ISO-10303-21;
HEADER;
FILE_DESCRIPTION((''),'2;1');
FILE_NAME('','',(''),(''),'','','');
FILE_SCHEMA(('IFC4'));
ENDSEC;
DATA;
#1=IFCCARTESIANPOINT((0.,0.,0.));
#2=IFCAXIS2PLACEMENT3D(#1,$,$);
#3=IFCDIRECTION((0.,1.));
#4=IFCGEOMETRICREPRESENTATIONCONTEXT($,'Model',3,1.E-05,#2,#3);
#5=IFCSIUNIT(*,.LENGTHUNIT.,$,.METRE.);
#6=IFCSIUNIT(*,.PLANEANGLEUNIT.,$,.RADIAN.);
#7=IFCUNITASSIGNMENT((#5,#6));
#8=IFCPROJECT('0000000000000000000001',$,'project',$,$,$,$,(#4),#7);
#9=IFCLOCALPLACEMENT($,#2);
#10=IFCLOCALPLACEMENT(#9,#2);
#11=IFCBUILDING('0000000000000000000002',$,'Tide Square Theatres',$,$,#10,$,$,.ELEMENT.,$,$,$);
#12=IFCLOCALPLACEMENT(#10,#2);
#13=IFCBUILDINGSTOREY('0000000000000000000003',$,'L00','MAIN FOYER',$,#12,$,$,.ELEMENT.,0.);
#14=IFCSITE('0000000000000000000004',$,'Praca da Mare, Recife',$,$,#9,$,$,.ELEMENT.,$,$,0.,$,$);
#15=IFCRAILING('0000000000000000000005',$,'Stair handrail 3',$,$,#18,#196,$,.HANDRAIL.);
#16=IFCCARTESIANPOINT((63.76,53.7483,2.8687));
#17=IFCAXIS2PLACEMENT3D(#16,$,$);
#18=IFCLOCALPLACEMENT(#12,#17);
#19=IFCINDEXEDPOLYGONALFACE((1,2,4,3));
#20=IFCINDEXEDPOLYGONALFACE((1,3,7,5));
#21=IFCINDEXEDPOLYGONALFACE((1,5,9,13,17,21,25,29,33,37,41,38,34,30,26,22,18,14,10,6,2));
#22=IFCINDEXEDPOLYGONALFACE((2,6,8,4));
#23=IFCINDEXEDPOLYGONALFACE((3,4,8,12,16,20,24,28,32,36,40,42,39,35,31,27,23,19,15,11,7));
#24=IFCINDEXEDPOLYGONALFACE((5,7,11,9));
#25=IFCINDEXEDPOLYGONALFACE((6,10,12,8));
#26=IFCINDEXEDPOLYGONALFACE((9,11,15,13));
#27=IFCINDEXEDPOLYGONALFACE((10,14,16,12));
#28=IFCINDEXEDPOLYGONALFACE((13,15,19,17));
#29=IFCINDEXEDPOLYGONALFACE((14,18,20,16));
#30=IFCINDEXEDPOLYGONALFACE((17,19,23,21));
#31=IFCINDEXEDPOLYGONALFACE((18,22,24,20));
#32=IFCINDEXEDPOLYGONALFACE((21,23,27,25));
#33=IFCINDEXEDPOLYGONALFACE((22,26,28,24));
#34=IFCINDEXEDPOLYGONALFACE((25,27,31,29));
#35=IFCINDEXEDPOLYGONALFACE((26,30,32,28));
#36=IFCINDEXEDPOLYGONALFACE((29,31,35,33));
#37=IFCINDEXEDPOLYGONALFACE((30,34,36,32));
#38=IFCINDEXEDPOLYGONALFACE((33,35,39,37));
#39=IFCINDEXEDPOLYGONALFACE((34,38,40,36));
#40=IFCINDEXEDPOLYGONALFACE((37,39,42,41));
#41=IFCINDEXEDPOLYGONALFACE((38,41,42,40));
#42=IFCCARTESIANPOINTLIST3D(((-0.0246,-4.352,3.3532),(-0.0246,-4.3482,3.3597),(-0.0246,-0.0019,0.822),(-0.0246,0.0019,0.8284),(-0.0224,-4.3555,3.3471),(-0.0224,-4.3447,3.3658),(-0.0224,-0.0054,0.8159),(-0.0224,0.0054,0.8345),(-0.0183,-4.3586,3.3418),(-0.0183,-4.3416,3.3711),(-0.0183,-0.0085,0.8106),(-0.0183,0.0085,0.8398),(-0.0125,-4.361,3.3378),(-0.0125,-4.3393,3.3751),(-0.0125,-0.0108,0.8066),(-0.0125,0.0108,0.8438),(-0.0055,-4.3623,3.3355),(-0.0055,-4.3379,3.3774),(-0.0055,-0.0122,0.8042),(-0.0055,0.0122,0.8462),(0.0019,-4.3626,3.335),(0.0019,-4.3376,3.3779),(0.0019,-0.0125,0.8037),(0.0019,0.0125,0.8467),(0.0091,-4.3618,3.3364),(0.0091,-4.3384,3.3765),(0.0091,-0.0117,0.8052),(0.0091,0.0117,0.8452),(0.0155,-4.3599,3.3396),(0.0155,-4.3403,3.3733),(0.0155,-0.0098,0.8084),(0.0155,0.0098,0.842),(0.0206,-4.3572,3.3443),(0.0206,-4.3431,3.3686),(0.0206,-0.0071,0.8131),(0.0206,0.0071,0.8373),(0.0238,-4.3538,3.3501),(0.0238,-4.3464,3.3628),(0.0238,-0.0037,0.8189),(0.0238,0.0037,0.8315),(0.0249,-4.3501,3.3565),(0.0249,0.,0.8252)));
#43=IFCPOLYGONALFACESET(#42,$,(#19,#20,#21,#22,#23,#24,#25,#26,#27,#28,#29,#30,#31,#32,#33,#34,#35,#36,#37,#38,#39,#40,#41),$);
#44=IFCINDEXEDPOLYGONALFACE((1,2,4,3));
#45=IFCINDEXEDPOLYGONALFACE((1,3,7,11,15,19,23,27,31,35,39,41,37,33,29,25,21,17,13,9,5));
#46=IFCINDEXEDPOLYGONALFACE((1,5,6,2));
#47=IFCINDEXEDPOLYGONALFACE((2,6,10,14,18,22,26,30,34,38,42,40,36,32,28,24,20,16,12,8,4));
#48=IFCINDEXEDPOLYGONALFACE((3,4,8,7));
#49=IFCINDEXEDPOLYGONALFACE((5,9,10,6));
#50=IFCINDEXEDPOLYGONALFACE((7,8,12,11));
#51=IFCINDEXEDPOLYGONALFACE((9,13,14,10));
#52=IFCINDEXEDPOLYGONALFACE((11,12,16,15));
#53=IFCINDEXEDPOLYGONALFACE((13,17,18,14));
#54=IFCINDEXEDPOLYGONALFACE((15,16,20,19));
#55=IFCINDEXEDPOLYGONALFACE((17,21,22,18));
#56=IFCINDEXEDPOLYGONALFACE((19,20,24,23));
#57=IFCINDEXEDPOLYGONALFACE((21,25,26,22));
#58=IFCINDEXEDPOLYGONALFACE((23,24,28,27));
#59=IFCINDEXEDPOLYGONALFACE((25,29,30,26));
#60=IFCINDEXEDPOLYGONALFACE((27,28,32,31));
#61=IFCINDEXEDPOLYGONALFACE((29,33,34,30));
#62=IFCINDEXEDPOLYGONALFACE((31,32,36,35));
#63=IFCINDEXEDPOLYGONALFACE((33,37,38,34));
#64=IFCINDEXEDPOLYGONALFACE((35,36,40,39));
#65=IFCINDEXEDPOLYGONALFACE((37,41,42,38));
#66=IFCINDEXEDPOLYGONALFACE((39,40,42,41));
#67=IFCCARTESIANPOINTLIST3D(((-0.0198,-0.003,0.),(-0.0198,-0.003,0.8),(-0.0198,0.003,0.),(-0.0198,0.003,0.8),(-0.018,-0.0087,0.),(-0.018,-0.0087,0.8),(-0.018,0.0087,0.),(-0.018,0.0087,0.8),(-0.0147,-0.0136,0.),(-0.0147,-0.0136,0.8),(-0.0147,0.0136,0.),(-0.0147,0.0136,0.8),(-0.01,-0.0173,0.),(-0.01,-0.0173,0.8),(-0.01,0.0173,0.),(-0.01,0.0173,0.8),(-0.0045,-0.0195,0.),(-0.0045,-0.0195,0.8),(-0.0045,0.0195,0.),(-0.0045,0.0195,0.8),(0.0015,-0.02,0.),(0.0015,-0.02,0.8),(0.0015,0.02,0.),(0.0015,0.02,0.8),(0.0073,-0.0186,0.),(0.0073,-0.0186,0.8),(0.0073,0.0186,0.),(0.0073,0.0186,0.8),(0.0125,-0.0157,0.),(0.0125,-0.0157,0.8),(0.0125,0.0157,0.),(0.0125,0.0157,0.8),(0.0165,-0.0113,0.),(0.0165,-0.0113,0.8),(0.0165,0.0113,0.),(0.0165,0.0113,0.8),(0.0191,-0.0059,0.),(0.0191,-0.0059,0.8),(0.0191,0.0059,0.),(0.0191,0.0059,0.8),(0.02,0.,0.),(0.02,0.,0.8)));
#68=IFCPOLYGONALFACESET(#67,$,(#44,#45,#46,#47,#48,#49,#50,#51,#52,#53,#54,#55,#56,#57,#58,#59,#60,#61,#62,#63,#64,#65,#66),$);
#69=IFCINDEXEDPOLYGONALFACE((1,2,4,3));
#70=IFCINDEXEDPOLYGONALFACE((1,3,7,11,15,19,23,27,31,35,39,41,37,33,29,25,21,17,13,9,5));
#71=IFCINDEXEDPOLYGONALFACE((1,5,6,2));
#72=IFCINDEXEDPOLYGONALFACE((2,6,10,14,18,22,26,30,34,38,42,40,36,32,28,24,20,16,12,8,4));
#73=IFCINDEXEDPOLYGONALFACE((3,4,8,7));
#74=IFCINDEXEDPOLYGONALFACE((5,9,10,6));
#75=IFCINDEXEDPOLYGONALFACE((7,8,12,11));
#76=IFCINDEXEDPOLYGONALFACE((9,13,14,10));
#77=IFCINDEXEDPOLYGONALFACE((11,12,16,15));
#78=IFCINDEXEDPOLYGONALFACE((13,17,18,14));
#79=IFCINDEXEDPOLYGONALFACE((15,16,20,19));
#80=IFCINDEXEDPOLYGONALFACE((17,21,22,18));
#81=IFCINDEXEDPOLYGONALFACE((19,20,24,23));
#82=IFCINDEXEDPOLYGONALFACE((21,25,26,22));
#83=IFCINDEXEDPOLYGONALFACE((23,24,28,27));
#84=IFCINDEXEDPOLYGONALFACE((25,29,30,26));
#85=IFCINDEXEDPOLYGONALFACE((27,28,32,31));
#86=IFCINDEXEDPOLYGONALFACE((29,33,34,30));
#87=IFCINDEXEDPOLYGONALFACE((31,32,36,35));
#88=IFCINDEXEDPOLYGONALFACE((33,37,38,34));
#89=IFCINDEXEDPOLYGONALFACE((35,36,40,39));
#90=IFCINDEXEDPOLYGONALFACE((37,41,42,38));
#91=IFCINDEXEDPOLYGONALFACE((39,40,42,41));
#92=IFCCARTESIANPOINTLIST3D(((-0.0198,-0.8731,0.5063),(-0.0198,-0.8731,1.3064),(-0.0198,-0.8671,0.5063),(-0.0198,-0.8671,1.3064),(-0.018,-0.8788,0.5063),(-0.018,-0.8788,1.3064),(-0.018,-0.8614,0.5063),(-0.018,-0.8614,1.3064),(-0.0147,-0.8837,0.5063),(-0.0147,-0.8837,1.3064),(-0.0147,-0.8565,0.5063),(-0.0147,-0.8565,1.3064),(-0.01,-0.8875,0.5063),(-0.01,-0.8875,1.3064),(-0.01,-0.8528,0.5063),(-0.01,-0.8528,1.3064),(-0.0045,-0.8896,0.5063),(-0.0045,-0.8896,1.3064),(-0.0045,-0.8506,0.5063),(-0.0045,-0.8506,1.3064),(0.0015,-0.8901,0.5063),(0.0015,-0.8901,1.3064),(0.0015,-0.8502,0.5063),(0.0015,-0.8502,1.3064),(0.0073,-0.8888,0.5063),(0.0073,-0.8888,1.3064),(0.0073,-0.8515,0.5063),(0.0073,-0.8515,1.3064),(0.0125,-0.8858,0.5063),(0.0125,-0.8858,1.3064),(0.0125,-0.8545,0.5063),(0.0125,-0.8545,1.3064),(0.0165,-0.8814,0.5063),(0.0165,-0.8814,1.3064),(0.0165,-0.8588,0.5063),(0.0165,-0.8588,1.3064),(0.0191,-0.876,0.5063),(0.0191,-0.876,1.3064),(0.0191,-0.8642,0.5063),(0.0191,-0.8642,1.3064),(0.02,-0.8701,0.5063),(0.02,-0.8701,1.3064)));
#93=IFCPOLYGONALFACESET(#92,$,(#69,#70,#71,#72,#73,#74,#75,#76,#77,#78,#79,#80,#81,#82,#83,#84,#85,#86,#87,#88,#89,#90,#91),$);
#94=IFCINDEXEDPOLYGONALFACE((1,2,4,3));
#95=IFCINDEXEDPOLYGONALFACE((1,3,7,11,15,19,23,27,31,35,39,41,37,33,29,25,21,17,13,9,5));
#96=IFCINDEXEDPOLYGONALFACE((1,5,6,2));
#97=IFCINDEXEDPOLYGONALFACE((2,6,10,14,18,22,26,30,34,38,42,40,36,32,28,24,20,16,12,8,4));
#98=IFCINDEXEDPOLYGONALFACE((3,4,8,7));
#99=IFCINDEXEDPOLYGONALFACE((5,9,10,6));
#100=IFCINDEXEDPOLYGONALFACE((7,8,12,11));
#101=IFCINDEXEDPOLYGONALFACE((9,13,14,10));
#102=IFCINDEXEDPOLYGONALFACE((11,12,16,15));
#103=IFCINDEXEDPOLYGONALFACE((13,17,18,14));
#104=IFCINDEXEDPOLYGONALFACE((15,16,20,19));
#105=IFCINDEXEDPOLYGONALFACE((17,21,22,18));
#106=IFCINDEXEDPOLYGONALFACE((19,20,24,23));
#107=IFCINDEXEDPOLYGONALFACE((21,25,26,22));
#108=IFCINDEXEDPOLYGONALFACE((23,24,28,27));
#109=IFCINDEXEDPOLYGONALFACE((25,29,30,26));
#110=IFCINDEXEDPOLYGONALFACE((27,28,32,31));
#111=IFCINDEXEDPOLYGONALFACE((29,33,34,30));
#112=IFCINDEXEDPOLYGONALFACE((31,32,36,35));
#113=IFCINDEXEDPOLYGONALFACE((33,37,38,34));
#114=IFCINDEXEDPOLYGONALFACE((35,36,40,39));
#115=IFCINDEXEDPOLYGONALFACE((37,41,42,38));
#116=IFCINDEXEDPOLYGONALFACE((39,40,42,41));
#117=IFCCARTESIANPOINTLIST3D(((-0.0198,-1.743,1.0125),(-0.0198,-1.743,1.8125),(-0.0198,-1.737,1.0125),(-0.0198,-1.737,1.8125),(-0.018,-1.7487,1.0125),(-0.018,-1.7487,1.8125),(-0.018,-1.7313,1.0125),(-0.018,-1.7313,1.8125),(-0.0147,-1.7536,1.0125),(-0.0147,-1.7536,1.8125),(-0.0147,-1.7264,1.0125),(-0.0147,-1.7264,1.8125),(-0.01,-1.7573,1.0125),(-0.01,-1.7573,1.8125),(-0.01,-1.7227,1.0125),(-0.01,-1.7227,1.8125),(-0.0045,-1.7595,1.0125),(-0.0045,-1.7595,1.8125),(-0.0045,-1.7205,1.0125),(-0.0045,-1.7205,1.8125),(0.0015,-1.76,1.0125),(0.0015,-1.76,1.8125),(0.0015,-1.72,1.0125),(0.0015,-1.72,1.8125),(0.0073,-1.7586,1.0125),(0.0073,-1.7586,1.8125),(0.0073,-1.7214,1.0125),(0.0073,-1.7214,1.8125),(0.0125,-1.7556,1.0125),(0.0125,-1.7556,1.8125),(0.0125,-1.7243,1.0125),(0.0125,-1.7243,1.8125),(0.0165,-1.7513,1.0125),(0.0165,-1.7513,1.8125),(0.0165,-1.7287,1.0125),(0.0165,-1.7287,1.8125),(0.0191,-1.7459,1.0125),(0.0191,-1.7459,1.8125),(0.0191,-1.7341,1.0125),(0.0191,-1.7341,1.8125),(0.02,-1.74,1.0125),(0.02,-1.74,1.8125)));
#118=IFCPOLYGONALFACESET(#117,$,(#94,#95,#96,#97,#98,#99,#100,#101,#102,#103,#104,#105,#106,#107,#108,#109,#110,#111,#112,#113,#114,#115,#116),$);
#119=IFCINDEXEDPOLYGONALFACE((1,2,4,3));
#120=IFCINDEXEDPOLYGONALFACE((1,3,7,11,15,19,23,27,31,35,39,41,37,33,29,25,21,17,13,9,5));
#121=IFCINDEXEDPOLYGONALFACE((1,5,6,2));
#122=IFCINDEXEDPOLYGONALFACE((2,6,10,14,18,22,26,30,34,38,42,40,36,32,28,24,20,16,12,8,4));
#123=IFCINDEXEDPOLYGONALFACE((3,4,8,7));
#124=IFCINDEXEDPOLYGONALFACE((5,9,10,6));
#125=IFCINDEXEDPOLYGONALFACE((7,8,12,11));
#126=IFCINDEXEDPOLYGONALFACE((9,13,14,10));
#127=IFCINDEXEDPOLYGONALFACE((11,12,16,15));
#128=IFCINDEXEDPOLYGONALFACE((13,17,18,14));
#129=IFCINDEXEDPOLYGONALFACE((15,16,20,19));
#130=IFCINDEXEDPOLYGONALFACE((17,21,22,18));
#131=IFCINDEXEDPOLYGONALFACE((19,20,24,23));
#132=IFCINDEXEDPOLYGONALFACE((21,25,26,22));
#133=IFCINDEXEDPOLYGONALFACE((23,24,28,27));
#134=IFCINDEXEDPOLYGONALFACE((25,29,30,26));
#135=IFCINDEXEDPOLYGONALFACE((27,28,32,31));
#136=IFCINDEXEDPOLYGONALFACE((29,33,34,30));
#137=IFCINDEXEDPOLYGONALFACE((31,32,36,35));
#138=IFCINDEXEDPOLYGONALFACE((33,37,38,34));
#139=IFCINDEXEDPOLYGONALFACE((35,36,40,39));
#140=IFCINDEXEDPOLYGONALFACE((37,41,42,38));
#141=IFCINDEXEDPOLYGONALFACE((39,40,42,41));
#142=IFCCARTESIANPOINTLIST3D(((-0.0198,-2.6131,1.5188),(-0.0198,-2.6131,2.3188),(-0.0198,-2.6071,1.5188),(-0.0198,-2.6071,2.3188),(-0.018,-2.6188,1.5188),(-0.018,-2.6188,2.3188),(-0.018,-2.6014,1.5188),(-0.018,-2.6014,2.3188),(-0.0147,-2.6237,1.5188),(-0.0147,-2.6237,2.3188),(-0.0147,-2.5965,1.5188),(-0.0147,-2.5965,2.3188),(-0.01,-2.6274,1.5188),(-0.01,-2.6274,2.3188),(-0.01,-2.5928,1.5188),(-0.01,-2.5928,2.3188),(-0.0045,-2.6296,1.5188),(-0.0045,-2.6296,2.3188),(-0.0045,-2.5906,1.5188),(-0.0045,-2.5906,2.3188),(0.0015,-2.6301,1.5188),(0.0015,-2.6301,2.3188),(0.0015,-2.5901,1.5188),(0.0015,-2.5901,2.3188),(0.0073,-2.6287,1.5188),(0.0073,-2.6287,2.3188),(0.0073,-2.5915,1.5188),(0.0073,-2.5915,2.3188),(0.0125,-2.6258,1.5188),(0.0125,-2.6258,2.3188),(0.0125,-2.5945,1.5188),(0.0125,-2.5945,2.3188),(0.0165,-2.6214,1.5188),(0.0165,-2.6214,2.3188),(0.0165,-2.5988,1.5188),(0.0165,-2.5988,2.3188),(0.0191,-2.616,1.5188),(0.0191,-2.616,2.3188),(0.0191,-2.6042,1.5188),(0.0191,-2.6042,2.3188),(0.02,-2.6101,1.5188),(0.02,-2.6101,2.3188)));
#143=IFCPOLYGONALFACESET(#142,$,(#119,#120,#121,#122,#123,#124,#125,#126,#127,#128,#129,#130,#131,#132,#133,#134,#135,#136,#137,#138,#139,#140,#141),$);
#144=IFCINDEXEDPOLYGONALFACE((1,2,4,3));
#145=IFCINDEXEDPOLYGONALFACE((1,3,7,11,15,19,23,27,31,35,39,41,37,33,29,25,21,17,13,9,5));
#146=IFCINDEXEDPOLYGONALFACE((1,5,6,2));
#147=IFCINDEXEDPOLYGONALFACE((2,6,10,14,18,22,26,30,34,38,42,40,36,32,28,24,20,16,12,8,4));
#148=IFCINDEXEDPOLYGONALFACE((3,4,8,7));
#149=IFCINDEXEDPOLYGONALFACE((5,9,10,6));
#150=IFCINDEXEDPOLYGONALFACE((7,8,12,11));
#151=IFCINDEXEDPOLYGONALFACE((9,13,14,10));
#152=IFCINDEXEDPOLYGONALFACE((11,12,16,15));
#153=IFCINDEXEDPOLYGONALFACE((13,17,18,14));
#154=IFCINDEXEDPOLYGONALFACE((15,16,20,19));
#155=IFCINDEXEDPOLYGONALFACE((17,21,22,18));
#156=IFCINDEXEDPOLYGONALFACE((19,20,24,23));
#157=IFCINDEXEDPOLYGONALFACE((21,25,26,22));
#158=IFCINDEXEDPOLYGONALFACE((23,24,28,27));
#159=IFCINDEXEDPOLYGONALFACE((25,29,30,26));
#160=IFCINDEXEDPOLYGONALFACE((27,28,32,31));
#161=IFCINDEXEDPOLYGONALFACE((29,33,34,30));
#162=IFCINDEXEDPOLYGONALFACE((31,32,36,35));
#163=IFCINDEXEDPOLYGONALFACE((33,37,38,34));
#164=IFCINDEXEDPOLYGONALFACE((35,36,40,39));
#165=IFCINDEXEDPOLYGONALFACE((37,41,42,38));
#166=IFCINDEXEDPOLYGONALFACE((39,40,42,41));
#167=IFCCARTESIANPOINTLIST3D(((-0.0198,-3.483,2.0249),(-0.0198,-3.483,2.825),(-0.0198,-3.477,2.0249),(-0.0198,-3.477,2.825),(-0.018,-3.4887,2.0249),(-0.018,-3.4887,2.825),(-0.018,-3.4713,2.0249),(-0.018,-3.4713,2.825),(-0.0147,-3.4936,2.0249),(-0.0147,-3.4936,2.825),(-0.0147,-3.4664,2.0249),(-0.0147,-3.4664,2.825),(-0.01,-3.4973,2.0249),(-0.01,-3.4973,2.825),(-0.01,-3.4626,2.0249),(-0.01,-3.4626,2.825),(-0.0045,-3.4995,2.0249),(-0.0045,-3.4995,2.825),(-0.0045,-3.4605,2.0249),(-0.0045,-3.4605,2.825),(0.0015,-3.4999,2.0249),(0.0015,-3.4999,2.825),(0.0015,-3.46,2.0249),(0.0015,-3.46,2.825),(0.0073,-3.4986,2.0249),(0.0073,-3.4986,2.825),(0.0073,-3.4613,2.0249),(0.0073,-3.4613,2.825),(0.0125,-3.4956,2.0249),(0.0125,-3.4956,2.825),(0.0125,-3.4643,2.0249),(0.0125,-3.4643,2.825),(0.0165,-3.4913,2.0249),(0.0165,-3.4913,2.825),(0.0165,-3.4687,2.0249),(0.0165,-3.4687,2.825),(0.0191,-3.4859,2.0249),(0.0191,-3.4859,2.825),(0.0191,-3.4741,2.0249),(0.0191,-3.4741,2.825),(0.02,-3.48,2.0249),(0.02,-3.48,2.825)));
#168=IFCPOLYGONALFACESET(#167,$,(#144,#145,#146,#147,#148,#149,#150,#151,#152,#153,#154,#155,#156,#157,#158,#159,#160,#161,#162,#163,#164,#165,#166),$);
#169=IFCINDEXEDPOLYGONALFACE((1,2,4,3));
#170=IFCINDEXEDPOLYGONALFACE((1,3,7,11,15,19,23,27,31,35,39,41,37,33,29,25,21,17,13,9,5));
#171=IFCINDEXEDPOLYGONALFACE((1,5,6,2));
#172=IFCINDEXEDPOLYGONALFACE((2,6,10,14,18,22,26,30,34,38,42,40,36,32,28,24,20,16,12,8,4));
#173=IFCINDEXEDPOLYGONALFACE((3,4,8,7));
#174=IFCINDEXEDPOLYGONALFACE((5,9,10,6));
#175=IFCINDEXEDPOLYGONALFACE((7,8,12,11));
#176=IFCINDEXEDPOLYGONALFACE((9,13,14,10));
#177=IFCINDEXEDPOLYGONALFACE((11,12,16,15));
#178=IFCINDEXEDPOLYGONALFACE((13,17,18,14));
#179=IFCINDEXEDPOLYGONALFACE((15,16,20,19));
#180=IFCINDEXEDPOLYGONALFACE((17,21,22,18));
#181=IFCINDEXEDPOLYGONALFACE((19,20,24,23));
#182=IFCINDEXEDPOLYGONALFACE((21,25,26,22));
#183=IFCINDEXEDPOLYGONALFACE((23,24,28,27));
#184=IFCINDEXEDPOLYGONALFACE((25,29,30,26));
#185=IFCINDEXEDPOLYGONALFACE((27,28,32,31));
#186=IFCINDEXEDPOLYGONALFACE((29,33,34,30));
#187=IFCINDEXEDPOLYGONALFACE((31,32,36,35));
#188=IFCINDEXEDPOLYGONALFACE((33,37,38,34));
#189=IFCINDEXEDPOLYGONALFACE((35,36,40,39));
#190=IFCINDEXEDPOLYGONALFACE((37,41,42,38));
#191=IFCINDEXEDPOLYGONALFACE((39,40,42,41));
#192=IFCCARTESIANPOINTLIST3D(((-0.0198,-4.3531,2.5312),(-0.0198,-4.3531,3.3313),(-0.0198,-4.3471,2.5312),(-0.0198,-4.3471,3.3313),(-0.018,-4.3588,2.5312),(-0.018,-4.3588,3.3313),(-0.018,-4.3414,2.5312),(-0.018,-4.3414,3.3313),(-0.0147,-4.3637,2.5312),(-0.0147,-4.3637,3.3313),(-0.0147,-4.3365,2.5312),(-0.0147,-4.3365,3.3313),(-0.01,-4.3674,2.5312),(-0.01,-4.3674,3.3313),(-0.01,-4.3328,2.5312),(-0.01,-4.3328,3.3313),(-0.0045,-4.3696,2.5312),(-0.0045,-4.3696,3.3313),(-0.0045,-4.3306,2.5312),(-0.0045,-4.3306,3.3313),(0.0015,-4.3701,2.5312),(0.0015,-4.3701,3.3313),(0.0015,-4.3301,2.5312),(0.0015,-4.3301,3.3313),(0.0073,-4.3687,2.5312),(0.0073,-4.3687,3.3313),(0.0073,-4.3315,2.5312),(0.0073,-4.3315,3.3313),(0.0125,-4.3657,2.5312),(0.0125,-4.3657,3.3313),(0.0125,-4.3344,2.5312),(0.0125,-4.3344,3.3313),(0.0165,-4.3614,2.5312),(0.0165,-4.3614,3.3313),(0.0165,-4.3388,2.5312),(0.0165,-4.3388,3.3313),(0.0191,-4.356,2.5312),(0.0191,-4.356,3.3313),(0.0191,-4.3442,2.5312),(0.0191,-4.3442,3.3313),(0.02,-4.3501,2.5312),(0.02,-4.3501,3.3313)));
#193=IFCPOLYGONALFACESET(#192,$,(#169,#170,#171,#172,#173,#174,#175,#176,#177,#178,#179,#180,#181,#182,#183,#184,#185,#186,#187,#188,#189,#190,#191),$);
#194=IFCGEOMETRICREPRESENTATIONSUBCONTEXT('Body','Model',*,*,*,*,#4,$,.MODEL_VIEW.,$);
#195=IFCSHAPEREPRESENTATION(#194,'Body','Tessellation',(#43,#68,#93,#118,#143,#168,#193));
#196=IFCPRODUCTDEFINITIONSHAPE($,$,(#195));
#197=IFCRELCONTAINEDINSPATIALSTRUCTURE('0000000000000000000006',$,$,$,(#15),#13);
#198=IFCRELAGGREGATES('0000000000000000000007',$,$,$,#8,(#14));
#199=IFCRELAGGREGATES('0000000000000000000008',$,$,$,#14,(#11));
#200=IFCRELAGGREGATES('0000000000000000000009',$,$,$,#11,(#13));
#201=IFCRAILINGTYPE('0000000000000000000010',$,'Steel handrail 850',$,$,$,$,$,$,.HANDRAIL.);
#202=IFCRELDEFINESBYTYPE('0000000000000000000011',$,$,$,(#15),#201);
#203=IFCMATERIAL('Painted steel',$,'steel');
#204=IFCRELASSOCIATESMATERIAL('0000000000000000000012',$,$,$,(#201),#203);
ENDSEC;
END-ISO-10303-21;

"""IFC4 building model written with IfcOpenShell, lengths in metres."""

from ifc_helpers import new_model, si_unit, direction, frame, origin, origin_2d, place, context, subcontext, project, spatial, circle, extrude, material, type_object, element, save


model = new_model("IFC4")

# Units and contexts
model_context = context("Model", 3, precision=1e-05, world=origin(), true_north=direction((0.0, 1.0)))
body_context = subcontext(model_context, "Body", "Model", "MODEL_VIEW")
ifc_project = project(units=[si_unit("LENGTHUNIT", "METRE"), si_unit("PLANEANGLEUNIT", "RADIAN")], contexts=[model_context])

# Site, building, storey
site_placement = place(None, origin())
site = spatial("IfcSite", under=ifc_project, at=site_placement, Name="Praca da Mare, Recife", CompositionType="ELEMENT", RefElevation=0.0)
building_placement = place(site_placement, origin())
building = spatial("IfcBuilding", under=site, at=building_placement, Name="Tide Square Theatres", CompositionType="ELEMENT")
storey_placement = place(building_placement, origin())
storey = spatial("IfcBuildingStorey", under=building, at=storey_placement, Name="L00", Description="MAIN FOYER", CompositionType="ELEMENT", Elevation=0.0)

# Railing
ifc_material_1 = material(Name="Painted steel", Category="steel")
railing_type = type_object("IfcRailingType", Name="Steel handrail 850", PredefinedType="HANDRAIL", material=ifc_material_1)
railing_placement = place(storey_placement, frame((63.76, 53.7483, 2.8687)))
element("IfcRailing", 1, at=railing_placement, inside=storey, type_object=railing_type, Name="Stair handrail 3", PredefinedType="HANDRAIL", context=body_context, shape_type="SweptSolid", body=[
    extrude(circle(Radius=0.0249, at=origin_2d()), frame((0.0, 0.0, 0.8252), z_axis=(0.0, -0.864324, 0.502936), x_axis=(1.0, 0.0, 0.0)), (0.0, 0.0, 1.0), 5.033),
    extrude(circle(Radius=0.02, at=origin_2d()), origin(), (0.0, 0.0, 1.0), 0.8),
    extrude(circle(Radius=0.02, at=origin_2d()), frame((0.0, -0.8701, 0.5063)), (0.0, 0.0, 1.0), 0.8),
    extrude(circle(Radius=0.02, at=origin_2d()), frame((0.0, -1.74, 1.0125)), (0.0, 0.0, 1.0), 0.8),
    extrude(circle(Radius=0.02, at=origin_2d()), frame((0.0, -2.6101, 1.5188)), (0.0, 0.0, 1.0), 0.8),
    extrude(circle(Radius=0.02, at=origin_2d()), frame((0.0, -3.48, 2.0249)), (0.0, 0.0, 1.0), 0.8),
    extrude(circle(Radius=0.02, at=origin_2d()), frame((0.0, -4.3501, 2.5312)), (0.0, 0.0, 1.0), 0.8),
])

save(model, "model.ifc")
